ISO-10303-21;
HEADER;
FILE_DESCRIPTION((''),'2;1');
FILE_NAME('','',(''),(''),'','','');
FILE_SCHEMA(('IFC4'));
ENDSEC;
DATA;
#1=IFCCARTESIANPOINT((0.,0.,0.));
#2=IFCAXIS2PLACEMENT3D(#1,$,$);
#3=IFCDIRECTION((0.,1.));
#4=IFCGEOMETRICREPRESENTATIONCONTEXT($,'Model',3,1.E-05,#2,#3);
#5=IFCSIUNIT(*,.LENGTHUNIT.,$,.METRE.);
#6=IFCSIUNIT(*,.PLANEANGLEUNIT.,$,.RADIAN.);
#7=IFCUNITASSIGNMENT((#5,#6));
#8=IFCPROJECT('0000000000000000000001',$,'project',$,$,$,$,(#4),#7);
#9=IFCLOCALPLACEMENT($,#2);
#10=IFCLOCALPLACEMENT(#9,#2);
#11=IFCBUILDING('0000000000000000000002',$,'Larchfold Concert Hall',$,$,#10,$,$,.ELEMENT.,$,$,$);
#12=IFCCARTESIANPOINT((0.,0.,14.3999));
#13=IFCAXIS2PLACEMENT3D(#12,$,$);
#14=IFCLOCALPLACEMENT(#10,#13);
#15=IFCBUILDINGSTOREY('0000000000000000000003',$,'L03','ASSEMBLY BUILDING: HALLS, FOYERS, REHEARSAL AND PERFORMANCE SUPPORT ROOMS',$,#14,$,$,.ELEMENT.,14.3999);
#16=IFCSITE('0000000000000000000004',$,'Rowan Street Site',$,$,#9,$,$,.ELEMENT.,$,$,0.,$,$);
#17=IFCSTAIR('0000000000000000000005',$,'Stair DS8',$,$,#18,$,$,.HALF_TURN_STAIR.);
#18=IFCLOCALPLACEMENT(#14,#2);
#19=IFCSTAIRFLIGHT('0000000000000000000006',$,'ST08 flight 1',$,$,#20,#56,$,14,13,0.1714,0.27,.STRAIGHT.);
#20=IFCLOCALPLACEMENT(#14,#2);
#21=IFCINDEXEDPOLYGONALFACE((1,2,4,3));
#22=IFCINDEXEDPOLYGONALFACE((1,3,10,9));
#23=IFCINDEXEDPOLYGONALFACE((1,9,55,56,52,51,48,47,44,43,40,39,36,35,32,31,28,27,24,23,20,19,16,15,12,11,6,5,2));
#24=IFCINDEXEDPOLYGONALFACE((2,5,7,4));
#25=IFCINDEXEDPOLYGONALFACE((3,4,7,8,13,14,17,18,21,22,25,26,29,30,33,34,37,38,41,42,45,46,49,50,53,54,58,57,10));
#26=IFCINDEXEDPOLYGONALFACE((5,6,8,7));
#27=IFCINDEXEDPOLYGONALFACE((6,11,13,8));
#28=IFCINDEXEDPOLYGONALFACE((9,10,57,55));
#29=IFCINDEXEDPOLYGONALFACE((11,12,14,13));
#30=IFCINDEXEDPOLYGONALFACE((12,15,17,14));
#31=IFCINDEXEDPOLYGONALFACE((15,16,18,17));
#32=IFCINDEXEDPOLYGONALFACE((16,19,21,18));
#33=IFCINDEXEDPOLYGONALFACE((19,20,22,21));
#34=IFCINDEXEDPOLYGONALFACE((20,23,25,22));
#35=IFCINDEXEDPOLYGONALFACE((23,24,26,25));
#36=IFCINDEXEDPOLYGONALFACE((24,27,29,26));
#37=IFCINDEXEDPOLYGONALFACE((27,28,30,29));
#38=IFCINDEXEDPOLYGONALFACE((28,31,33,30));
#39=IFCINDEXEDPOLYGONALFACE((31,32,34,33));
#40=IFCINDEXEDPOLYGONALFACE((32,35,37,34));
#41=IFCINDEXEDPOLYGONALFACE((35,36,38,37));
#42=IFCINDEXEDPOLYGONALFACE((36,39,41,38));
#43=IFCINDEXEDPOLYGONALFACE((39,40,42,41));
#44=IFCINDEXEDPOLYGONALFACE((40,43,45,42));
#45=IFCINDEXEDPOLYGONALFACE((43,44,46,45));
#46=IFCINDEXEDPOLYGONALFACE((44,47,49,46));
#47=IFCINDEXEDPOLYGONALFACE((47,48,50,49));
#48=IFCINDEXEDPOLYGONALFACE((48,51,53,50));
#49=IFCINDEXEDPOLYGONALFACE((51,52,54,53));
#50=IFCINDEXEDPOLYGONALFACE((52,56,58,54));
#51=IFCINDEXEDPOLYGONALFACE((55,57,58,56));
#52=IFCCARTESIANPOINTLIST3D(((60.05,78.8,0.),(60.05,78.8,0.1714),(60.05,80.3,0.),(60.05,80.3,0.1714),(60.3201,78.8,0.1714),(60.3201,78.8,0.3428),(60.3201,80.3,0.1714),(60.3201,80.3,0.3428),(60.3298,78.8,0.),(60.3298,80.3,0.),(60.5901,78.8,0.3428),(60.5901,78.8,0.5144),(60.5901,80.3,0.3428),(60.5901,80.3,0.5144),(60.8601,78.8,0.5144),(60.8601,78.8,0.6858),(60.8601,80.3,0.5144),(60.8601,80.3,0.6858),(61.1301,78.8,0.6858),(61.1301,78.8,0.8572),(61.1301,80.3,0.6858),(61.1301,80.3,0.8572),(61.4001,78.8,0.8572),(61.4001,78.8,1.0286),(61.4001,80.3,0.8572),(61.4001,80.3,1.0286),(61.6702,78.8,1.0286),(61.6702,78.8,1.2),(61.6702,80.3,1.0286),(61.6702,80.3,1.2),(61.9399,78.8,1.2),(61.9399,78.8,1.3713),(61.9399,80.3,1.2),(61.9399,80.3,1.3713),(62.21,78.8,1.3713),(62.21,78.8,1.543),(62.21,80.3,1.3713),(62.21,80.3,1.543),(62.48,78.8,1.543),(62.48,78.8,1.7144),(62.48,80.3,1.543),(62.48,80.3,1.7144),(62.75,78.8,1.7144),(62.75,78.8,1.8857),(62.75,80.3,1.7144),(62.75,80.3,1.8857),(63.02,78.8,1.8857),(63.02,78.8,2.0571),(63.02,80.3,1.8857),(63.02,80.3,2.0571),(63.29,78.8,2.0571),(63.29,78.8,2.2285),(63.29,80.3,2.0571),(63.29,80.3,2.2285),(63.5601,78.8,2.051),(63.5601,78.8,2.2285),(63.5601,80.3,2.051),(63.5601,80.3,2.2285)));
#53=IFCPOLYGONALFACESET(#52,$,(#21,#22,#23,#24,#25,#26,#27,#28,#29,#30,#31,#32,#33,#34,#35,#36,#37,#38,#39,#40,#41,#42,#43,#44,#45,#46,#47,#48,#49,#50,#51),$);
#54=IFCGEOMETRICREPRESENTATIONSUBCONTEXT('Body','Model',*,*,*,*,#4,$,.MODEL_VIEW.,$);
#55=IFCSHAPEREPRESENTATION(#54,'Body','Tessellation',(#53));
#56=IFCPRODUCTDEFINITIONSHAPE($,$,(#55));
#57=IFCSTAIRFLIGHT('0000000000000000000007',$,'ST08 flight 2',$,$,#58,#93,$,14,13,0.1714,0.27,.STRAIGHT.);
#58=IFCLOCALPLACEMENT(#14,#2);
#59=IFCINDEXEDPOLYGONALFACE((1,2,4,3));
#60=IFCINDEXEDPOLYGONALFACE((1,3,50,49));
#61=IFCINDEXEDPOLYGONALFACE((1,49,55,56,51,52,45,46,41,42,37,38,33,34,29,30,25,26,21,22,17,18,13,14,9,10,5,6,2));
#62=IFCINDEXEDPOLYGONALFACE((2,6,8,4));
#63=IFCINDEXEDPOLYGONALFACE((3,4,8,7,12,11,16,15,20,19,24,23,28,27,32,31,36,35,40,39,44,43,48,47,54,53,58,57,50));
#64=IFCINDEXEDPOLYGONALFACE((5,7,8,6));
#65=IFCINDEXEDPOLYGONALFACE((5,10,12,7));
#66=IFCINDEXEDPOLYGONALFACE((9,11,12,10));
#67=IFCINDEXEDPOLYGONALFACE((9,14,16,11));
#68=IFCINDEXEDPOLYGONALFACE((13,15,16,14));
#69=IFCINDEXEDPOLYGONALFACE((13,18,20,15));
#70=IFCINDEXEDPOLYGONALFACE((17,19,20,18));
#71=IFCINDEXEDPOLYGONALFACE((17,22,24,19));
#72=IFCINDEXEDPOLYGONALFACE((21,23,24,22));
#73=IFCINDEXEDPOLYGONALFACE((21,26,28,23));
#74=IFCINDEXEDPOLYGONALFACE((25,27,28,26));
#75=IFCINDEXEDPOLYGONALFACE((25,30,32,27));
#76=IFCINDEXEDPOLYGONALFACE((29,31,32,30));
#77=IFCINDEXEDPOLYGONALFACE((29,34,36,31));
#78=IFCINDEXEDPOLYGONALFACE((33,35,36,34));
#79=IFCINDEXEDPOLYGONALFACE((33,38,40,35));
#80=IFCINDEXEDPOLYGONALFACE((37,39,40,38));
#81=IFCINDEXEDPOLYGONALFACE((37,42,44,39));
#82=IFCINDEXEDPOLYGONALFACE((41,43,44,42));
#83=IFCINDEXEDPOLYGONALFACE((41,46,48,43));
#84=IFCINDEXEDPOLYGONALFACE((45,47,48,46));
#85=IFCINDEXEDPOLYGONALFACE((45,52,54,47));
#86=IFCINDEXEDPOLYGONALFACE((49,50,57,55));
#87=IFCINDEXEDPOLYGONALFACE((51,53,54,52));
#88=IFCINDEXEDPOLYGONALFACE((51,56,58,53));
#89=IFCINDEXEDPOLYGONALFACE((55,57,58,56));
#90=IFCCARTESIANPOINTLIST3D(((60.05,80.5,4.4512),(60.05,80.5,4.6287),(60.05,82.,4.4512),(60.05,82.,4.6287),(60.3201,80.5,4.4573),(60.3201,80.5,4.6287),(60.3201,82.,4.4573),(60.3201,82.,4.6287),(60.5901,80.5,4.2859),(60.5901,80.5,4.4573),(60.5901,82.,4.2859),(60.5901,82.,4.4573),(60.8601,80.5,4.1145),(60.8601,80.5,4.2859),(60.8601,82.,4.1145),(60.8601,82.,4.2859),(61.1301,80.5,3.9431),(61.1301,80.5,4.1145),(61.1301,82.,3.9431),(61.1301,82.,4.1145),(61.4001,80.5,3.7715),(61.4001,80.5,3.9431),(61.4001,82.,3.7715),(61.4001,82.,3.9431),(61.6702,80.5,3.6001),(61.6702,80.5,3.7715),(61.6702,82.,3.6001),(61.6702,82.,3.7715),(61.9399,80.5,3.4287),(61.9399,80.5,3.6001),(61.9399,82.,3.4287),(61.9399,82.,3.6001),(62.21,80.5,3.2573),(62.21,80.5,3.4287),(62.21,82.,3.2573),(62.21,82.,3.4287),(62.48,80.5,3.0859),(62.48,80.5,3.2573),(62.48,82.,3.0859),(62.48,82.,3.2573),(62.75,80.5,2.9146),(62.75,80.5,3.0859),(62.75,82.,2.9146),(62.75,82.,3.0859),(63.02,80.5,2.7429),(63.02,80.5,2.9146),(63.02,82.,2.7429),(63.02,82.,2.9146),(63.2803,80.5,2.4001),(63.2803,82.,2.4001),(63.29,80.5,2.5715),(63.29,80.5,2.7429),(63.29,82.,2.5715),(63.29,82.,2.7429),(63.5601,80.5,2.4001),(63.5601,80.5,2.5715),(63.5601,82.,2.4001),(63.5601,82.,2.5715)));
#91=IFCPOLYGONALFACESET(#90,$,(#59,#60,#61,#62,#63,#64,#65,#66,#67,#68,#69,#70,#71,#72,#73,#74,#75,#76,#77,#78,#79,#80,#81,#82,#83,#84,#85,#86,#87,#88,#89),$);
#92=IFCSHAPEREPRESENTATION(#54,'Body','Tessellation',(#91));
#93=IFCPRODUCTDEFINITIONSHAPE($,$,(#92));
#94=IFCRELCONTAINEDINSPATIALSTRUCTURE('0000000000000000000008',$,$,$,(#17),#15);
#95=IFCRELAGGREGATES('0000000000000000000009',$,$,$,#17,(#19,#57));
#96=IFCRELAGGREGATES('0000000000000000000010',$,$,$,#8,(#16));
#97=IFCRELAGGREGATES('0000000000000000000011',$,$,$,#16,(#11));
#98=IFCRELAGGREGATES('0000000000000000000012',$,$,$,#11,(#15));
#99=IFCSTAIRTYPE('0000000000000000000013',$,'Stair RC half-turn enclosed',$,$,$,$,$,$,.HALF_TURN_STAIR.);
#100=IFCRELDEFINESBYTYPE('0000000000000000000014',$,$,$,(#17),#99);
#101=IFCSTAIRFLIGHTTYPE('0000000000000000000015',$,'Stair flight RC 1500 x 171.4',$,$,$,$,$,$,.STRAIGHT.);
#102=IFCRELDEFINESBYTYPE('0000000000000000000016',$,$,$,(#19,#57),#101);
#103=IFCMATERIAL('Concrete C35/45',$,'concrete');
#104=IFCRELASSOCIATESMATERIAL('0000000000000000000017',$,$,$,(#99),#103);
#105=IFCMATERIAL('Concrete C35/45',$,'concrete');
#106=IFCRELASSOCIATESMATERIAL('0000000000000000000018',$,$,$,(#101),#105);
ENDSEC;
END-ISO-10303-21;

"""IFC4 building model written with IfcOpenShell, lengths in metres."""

from ifc_helpers import new_model, si_unit, direction, frame, origin, place, context, subcontext, project, spatial, polyline, outline, extrude, material, type_object, element, aggregate, save


model = new_model("IFC4")

# Units and contexts
model_context = context("Model", 3, precision=1e-05, world=origin(), true_north=direction((0.0, 1.0)))
body_context = subcontext(model_context, "Body", "Model", "MODEL_VIEW")
ifc_project = project(units=[si_unit("LENGTHUNIT", "METRE"), si_unit("PLANEANGLEUNIT", "RADIAN")], contexts=[model_context])

# Site, building, storey
site_placement = place(None, origin())
site = spatial("IfcSite", under=ifc_project, at=site_placement, Name="Rowan Street Site", CompositionType="ELEMENT", RefElevation=0.0)
building_placement = place(site_placement, origin())
building = spatial("IfcBuilding", under=site, at=building_placement, Name="Larchfold Concert Hall", CompositionType="ELEMENT")
storey_placement = place(building_placement, frame((0.0, 0.0, 14.3999)))
storey = spatial("IfcBuildingStorey", under=building, at=storey_placement, Name="L03", Description="ASSEMBLY BUILDING: HALLS, FOYERS, REHEARSAL AND PERFORMANCE SUPPORT ROOMS", CompositionType="ELEMENT", Elevation=14.3999)

# Shared definitions
ifc_material_1 = material(Name="Concrete C35/45", Category="concrete")
stair_type = type_object("IfcStairType", Name="Stair RC half-turn enclosed", PredefinedType="HALF_TURN_STAIR", material=ifc_material_1)

# Stair, stair flights
stair_1_placement = place(storey_placement, origin())
stair_1 = element("IfcStair", 1, at=stair_1_placement, inside=storey, type_object=stair_type, Name="Stair DS8", PredefinedType="HALF_TURN_STAIR")
ifc_material_2 = material(Name="Concrete C35/45", Category="concrete")
stair_flight_type_1 = type_object("IfcStairFlightType", Name="Stair flight RC 1500 x 171.4", PredefinedType="STRAIGHT", material=ifc_material_2)
stair_flight_1_placement = place(storey_placement, frame((60.05, 79.55, 0.0), z_axis=(0.0, 0.0, 1.0), x_axis=(1.0, 0.0, 0.0)))
stair_flight_1 = element("IfcStairFlight", 2, at=stair_flight_1_placement, type_object=stair_flight_type_1, Name="ST08 flight 1", NumberOfRisers=14, NumberOfTreads=13, PredefinedType="STRAIGHT", RiserHeight=0.1714, TreadLength=0.27, context=body_context, shape_type="SweptSolid", body=[
    extrude(outline(polyline([(0.0, 0.0), (0.0, 0.1714), (0.27, 0.1714), (0.27, 0.3428), (0.54, 0.3428), (0.54, 0.5144), (0.8101, 0.5144), (0.8101, 0.6858), (1.0801, 0.6858), (1.0801, 0.8572), (1.3501, 0.8572), (1.3501, 1.0286), (1.6201, 1.0286), (1.6201, 1.2), (1.8899, 1.2), (1.8899, 1.3713), (2.1599, 1.3713), (2.1599, 1.543), (2.4299, 1.543), (2.4299, 1.7144), (2.7, 1.7144), (2.7, 1.8857), (2.97, 1.8857), (2.97, 2.0571), (3.24, 2.0571), (3.24, 2.2285), (3.51, 2.2285), (3.51, 2.3999), (3.51, 2.051), (0.2798, 0.0), (0.0, 0.0)])), frame((0.0, 0.75, 0.0), z_axis=(0.0, -1.0, 0.0), x_axis=(1.0, 0.0, 0.0)), (0.0, 0.0, 1.0), 1.5),
])
stair_flight_2_placement = place(storey_placement, frame((63.5601, 81.25, 2.4001), z_axis=(0.0, 0.0, 1.0), x_axis=(-1.0, 0.0, 0.0)))
stair_flight_2 = element("IfcStairFlight", 3, at=stair_flight_2_placement, type_object=stair_flight_type_1, Name="ST08 flight 2", NumberOfRisers=14, NumberOfTreads=13, PredefinedType="STRAIGHT", RiserHeight=0.1714, TreadLength=0.27, context=body_context, shape_type="SweptSolid", body=[
    extrude(outline(polyline([(0.0, 0.0), (0.0, 0.1714), (0.27, 0.1714), (0.27, 0.3428), (0.54, 0.3428), (0.54, 0.5144), (0.8101, 0.5144), (0.8101, 0.6858), (1.0801, 0.6858), (1.0801, 0.8572), (1.3501, 0.8572), (1.3501, 1.0286), (1.6201, 1.0286), (1.6201, 1.2), (1.8899, 1.2), (1.8899, 1.3713), (2.1599, 1.3713), (2.1599, 1.543), (2.4299, 1.543), (2.4299, 1.7144), (2.7, 1.7144), (2.7, 1.8857), (2.97, 1.8857), (2.97, 2.0571), (3.24, 2.0571), (3.24, 2.2285), (3.51, 2.2285), (3.51, 2.3999), (3.51, 2.051), (0.2798, 0.0), (0.0, 0.0)])), frame((0.0, 0.75, 0.0), z_axis=(0.0, -1.0, 0.0), x_axis=(1.0, 0.0, 0.0)), (0.0, 0.0, 1.0), 1.5),
])
aggregate(stair_1, [stair_flight_1, stair_flight_2])

save(model, "model.ifc")
